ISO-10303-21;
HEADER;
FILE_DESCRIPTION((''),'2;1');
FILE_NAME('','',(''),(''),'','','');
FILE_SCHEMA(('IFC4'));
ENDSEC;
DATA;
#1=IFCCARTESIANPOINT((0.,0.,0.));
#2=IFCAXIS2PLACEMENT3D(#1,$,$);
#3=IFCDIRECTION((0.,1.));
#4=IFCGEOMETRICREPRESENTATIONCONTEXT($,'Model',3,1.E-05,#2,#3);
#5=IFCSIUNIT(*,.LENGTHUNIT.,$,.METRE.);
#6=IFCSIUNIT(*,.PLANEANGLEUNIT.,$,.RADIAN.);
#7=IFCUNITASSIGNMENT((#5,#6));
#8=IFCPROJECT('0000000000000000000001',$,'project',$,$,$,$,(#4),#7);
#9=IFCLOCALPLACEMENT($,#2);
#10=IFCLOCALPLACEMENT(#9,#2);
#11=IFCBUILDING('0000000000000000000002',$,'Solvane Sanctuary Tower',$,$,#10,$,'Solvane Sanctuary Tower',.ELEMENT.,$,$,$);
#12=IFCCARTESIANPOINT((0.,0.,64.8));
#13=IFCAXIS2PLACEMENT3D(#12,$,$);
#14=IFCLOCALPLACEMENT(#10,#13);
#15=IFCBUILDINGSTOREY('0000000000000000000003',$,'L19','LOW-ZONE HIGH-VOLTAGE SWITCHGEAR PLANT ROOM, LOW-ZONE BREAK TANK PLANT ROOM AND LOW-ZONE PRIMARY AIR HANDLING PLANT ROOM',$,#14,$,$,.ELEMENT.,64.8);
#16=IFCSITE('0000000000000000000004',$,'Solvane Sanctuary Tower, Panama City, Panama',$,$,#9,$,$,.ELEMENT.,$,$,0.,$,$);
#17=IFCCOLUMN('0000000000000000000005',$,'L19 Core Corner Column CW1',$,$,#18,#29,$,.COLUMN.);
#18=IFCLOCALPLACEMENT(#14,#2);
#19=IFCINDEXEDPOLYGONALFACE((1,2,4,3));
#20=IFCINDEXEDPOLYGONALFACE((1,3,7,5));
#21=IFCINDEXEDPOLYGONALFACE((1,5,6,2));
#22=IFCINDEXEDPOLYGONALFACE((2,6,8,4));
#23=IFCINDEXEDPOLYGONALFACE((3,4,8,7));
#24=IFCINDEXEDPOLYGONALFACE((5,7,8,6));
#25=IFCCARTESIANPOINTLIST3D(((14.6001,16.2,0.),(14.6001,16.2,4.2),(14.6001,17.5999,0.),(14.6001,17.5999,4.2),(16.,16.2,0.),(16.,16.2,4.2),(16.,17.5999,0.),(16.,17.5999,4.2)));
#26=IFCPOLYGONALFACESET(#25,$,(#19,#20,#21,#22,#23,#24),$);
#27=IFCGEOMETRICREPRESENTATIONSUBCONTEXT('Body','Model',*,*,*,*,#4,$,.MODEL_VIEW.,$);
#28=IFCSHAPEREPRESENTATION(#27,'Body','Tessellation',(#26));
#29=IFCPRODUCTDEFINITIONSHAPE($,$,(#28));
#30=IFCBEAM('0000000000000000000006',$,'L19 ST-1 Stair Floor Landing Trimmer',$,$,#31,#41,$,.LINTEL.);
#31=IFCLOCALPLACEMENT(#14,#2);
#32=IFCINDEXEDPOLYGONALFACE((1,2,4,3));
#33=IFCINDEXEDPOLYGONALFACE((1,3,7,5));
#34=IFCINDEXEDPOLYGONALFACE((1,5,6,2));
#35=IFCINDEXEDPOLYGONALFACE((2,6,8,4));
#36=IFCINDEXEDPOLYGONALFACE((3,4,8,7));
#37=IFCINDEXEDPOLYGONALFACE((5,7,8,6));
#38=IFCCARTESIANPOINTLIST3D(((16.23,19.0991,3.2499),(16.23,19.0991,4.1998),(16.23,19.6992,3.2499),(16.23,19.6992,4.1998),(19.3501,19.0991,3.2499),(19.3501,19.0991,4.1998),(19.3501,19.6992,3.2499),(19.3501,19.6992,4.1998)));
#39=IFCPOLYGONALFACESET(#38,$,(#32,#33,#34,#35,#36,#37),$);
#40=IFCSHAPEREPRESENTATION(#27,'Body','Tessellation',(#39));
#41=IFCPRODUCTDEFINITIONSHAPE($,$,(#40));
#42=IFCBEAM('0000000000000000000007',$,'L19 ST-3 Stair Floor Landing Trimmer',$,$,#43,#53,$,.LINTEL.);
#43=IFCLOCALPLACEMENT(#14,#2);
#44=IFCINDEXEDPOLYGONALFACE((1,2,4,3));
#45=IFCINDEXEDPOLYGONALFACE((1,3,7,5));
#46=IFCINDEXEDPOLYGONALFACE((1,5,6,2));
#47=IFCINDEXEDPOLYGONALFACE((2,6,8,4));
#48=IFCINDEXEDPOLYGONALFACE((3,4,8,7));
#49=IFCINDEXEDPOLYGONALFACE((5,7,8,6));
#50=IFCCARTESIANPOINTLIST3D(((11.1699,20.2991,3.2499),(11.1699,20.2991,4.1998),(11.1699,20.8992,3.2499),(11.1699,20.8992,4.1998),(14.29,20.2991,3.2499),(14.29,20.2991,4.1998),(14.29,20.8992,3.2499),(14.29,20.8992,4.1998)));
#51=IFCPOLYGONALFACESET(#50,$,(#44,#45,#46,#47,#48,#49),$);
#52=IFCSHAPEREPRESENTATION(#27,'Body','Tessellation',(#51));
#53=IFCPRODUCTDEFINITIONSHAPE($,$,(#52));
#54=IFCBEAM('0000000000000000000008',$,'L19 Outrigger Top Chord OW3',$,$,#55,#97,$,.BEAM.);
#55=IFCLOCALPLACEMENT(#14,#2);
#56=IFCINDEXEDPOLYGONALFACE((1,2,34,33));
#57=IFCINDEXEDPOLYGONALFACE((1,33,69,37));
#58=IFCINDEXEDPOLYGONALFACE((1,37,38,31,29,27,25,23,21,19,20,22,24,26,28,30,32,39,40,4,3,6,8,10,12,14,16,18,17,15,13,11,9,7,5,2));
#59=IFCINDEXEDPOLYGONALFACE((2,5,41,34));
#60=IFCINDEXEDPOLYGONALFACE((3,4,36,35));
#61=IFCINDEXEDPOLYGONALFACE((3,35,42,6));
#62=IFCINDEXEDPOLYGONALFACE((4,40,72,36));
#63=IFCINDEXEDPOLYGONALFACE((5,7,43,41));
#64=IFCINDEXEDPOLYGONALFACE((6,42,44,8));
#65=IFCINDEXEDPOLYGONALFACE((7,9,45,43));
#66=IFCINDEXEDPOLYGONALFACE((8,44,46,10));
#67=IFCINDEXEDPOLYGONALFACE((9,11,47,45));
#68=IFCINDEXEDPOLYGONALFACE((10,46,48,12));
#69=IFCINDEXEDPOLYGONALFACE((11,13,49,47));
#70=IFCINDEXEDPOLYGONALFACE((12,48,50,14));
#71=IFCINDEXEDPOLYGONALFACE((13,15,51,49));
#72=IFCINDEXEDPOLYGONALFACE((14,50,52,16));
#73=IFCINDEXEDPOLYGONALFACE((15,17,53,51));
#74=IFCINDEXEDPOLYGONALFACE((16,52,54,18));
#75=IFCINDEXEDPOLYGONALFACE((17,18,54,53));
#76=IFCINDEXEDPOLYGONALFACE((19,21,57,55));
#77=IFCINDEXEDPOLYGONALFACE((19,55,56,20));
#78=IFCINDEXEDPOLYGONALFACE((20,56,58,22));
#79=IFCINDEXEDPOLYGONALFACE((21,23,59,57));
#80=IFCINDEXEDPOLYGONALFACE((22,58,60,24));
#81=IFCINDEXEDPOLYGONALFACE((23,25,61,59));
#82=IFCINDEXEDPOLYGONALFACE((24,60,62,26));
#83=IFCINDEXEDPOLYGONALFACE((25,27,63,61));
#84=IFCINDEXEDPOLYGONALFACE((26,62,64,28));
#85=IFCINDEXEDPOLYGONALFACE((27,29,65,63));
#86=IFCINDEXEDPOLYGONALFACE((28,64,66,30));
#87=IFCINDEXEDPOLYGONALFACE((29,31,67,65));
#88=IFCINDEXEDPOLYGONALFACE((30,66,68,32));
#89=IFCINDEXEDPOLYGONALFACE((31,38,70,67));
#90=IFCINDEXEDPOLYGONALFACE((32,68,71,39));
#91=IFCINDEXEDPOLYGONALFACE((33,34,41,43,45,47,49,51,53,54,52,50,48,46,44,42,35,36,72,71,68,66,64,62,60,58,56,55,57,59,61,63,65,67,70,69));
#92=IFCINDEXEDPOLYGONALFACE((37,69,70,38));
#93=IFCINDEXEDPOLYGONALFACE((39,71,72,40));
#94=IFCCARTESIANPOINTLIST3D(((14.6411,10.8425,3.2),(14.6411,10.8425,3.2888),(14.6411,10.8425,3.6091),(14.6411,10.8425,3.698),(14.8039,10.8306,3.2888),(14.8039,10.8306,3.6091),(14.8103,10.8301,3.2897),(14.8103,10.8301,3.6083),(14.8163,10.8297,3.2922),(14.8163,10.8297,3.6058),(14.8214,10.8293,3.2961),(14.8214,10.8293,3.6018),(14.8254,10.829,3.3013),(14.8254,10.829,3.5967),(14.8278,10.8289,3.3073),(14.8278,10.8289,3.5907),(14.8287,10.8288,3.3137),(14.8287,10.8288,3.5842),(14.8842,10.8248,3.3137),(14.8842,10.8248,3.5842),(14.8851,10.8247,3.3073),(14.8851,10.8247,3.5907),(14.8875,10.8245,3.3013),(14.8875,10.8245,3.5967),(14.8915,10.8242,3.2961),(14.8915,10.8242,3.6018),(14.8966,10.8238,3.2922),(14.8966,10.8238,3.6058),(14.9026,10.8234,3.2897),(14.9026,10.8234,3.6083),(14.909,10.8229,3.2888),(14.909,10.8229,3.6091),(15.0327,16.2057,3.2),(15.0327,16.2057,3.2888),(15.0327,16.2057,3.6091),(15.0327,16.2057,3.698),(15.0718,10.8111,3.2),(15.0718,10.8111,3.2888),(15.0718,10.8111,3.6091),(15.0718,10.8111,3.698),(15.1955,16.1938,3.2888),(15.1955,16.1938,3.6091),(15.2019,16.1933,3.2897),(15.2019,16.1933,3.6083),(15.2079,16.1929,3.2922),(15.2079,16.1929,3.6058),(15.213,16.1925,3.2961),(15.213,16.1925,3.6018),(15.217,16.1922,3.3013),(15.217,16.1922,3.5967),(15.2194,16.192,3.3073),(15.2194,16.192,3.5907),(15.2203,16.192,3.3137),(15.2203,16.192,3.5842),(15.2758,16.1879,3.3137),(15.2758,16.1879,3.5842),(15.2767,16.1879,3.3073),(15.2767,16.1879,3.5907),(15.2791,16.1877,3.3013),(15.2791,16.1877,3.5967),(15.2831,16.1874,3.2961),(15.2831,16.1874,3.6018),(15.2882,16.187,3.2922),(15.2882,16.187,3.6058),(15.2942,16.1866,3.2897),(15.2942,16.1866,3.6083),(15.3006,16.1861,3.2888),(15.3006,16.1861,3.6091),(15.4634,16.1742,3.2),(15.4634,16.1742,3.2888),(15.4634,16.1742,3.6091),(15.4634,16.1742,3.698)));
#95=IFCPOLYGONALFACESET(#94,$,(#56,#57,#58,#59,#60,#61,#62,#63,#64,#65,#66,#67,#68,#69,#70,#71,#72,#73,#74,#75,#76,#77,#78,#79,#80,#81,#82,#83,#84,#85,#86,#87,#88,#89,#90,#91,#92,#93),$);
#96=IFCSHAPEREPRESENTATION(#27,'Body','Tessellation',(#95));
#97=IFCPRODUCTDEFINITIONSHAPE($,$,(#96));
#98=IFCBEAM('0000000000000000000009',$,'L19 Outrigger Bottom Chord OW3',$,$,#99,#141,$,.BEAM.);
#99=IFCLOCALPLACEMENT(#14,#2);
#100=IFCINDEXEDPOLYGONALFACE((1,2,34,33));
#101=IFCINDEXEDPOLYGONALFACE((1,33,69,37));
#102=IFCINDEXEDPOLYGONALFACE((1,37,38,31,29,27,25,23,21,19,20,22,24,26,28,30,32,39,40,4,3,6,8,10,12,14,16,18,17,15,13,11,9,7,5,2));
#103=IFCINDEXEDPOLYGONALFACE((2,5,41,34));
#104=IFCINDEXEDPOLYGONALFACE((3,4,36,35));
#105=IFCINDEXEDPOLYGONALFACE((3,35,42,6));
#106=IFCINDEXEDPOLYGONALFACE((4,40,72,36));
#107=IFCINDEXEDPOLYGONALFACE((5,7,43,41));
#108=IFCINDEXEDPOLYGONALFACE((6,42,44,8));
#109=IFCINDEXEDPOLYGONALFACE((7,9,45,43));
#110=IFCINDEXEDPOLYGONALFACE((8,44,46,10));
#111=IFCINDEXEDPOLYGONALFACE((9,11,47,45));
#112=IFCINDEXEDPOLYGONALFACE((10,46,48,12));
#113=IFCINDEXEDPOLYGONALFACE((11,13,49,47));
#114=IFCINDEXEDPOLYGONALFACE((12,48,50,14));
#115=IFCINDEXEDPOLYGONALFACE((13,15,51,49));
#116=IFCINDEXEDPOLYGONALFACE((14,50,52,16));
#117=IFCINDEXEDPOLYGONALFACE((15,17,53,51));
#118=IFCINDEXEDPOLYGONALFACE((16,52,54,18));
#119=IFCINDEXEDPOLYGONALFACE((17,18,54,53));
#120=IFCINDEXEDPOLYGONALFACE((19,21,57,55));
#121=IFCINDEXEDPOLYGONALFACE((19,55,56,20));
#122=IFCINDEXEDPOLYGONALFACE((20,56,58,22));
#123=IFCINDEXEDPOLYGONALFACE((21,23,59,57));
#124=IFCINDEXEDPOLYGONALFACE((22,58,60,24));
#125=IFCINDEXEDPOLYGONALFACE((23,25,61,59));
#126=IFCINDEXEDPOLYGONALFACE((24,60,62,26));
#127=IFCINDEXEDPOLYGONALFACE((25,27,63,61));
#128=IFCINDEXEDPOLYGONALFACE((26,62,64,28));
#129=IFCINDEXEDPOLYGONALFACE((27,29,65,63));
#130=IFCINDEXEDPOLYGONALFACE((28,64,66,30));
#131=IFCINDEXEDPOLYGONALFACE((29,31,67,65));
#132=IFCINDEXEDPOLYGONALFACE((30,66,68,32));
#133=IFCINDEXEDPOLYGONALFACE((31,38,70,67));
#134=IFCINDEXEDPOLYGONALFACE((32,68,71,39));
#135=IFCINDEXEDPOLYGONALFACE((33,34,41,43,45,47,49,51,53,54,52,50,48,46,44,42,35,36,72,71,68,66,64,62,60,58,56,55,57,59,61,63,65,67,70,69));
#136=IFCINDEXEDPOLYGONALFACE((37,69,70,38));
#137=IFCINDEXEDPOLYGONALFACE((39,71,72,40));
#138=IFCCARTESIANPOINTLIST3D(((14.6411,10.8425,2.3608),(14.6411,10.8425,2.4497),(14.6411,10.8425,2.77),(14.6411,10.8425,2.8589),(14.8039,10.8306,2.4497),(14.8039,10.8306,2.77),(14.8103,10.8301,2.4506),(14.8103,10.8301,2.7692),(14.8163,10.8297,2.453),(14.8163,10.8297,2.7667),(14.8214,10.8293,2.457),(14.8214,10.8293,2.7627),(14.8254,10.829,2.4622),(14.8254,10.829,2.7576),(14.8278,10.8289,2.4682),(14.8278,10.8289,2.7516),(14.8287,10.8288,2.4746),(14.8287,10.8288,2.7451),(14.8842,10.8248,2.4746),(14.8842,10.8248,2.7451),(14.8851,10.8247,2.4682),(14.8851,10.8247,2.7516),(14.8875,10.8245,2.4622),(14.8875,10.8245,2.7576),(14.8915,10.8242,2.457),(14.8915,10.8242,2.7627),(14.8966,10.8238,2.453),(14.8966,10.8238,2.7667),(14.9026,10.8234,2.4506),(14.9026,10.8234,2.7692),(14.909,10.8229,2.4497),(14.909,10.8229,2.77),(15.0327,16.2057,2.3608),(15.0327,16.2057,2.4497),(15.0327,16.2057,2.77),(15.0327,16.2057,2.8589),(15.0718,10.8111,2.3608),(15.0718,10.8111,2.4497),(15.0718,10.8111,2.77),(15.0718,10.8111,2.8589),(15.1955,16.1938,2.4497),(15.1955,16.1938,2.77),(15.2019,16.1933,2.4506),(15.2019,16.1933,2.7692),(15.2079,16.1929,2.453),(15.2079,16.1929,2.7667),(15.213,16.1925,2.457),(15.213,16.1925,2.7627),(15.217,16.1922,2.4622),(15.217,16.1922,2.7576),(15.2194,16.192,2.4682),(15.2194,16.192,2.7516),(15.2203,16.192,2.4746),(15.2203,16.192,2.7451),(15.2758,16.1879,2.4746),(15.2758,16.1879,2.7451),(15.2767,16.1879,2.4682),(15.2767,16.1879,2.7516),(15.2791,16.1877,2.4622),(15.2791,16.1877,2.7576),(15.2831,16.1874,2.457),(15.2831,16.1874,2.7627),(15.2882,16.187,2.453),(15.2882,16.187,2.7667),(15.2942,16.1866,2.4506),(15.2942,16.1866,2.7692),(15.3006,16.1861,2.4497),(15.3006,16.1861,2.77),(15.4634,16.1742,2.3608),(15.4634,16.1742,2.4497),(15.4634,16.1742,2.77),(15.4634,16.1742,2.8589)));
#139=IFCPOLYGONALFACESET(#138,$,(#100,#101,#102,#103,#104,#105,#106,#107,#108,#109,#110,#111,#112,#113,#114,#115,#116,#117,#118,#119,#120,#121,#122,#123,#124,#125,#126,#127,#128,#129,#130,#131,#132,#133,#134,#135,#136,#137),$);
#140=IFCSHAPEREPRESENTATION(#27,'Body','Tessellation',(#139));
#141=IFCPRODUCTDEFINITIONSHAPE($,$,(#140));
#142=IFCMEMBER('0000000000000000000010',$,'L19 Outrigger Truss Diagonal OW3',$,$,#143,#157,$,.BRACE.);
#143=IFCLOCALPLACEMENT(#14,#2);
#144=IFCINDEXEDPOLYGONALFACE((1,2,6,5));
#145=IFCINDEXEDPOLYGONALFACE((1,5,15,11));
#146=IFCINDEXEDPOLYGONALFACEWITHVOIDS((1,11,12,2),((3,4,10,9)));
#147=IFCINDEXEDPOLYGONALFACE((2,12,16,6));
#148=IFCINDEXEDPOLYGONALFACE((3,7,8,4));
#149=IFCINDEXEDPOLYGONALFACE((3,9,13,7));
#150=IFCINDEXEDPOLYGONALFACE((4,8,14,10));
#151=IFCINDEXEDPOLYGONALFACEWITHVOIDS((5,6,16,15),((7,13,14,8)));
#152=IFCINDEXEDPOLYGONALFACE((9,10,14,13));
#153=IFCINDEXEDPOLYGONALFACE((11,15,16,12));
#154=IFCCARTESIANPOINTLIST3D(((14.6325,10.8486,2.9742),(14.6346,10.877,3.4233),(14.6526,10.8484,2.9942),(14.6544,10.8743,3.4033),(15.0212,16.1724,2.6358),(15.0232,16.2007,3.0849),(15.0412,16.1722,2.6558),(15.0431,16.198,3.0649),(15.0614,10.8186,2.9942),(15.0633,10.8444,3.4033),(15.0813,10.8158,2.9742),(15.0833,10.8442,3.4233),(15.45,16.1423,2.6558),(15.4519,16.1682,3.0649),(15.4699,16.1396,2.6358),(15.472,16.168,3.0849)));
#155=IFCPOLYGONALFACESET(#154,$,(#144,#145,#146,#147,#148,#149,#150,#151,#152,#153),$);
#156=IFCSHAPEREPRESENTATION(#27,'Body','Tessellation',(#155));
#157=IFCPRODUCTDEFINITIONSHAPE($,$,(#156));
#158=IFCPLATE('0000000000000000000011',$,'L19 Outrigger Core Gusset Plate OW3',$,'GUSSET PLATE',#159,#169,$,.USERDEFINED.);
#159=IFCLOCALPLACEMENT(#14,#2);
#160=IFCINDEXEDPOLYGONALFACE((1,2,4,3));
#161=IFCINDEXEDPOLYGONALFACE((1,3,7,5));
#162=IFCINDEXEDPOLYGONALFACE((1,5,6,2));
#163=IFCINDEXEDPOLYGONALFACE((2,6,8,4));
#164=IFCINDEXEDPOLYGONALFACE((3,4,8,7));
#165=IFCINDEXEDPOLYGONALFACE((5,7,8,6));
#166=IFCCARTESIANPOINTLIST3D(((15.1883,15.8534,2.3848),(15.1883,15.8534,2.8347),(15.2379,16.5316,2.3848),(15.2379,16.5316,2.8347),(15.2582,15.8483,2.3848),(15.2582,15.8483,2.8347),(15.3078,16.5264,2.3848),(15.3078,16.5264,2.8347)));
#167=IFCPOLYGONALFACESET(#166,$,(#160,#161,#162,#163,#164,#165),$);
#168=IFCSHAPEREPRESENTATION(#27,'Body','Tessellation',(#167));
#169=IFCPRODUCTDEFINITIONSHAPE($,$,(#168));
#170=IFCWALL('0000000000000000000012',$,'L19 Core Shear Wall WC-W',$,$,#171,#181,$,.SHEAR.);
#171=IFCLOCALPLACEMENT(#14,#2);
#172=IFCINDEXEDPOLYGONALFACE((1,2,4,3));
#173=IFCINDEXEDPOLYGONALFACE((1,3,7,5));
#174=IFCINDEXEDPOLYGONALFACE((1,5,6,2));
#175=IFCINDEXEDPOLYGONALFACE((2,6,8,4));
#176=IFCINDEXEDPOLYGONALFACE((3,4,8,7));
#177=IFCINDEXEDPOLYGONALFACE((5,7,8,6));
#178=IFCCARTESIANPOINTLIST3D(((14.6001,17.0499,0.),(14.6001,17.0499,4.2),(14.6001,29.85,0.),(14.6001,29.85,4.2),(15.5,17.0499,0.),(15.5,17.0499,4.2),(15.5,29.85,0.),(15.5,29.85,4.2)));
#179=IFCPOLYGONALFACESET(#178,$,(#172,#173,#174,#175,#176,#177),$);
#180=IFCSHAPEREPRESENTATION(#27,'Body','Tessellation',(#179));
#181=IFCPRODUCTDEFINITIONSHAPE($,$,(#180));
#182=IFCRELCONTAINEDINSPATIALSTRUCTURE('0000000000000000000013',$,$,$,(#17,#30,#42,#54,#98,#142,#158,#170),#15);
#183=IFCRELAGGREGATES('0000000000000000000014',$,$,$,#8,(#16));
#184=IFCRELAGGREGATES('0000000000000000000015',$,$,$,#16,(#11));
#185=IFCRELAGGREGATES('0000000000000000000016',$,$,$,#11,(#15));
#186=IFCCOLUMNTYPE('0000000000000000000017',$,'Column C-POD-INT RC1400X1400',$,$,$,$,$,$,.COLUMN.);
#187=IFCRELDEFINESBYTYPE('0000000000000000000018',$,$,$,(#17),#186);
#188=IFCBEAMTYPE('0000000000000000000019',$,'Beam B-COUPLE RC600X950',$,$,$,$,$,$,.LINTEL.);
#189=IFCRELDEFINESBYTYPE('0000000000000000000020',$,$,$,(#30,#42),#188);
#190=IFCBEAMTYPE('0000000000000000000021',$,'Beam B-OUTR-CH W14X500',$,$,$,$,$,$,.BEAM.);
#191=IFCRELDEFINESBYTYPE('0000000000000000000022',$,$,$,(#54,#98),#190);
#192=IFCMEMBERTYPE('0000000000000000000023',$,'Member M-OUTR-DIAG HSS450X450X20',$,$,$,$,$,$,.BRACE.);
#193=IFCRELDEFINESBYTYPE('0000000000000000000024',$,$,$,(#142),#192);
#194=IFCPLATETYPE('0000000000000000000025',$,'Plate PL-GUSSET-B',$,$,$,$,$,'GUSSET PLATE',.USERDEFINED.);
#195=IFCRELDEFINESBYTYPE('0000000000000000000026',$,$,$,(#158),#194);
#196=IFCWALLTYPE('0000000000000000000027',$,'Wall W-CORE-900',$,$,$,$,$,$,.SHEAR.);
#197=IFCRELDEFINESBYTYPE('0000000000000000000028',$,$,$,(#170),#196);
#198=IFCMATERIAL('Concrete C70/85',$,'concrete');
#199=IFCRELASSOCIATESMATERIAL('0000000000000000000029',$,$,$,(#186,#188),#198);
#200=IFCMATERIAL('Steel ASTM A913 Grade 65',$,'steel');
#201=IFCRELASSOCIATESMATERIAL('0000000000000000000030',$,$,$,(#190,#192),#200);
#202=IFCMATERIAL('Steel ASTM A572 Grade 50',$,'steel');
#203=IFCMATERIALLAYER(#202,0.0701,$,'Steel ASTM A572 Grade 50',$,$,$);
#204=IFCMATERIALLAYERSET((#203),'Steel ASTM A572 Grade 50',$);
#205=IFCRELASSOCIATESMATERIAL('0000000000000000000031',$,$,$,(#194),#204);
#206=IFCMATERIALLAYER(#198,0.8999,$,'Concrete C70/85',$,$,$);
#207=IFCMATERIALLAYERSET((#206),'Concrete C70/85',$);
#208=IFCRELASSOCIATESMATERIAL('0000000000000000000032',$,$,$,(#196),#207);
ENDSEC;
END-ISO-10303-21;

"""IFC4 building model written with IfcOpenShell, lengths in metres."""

from ifc_helpers import new_model, si_unit, direction, frame, frame_2d, origin, origin_2d, place, context, subcontext, project, spatial, rectangle, hollow_rectangle, i_section, extrude, material, layer, layer_set, material_profile, profile_set, type_object, element, save


model = new_model("IFC4")

# Units and contexts
model_context = context("Model", 3, precision=1e-05, world=origin(), true_north=direction((0.0, 1.0)))
body_context = subcontext(model_context, "Body", "Model", "MODEL_VIEW")
ifc_project = project(units=[si_unit("LENGTHUNIT", "METRE"), si_unit("PLANEANGLEUNIT", "RADIAN")], contexts=[model_context])

# Site, building, storey
site_placement = place(None, origin())
site = spatial("IfcSite", under=ifc_project, at=site_placement, Name="Solvane Sanctuary Tower, Panama City, Panama", CompositionType="ELEMENT", RefElevation=0.0)
building_placement = place(site_placement, origin())
building = spatial("IfcBuilding", under=site, at=building_placement, Name="Solvane Sanctuary Tower", LongName="Solvane Sanctuary Tower", CompositionType="ELEMENT")
storey_placement = place(building_placement, frame((0.0, 0.0, 64.8)))
storey = spatial("IfcBuildingStorey", under=building, at=storey_placement, Name="L19", Description="LOW-ZONE HIGH-VOLTAGE SWITCHGEAR PLANT ROOM, LOW-ZONE BREAK TANK PLANT ROOM AND LOW-ZONE PRIMARY AIR HANDLING PLANT ROOM", CompositionType="ELEMENT", Elevation=64.8)

# Column
ifc_material_1 = material(Name="Concrete C70/85", Category="concrete")
ifc_material_profile_1 = material_profile(ifc_material_1, rectangle(XDim=1.3999, YDim=1.3999, at=origin_2d()), Name="RC1400X1400")
ifc_profile_set_1 = profile_set([ifc_material_profile_1], Name="Concrete C70/85")
column_type = type_object("IfcColumnType", Name="Column C-POD-INT RC1400X1400", PredefinedType="COLUMN", material=ifc_profile_set_1)
column_placement = place(storey_placement, frame((15.3, 16.8999, 0.0), z_axis=(0.0, 0.0, 1.0), x_axis=(1.0, 0.0, 0.0)))
element("IfcColumn", 1, at=column_placement, inside=storey, type_object=column_type, Name="L19 Core Corner Column CW1", PredefinedType="COLUMN", context=body_context, shape_type="SweptSolid", body=[
    extrude(rectangle(XDim=1.3999, YDim=1.3999, at=origin_2d()), origin(), (0.0, 0.0, 1.0), 4.2),
])

# Beams
ifc_material_profile_2 = material_profile(ifc_material_1, rectangle(XDim=0.6001, YDim=0.95, at=origin_2d()), Name="RC600X950")
ifc_profile_set_2 = profile_set([ifc_material_profile_2], Name="Concrete C70/85")
beam_type_1 = type_object("IfcBeamType", Name="Beam B-COUPLE RC600X950", PredefinedType="LINTEL", material=ifc_profile_set_2)
for number, where, z_axis, x_axis, name in (
    (2, (16.23, 19.3992, 3.7249), (1.0, 0.0, 0.0), (0.0, 1.0, 0.0), "L19 ST-1 Stair Floor Landing Trimmer"),
    (3, (11.1699, 20.5991, 3.7249), (1.0, 0.0, 0.0), (0.0, 1.0, 0.0), "L19 ST-3 Stair Floor Landing Trimmer"),
):
    element("IfcBeam", number, at=place(storey_placement, frame(where, z_axis=z_axis, x_axis=x_axis)), inside=storey, type_object=beam_type_1, Name=name, PredefinedType="LINTEL", context=body_context, shape_type="SweptSolid", body=[
        extrude(rectangle(XDim=0.6001, YDim=0.95, at=origin_2d()), origin(), (0.0, 0.0, 1.0), 3.1201),
    ])
ifc_material_2 = material(Name="Steel ASTM A913 Grade 65", Category="steel")
ifc_material_profile_3 = material_profile(ifc_material_2, i_section(OverallWidth=0.4319, OverallDepth=0.498, WebThickness=0.0557, FlangeThickness=0.0889, FilletRadius=0.0249, at=origin_2d()), Name="W14X500")
ifc_profile_set_3 = profile_set([ifc_material_profile_3], Name="Steel ASTM A913 Grade 65")
beam_type_2 = type_object("IfcBeamType", Name="Beam B-OUTR-CH W14X500", PredefinedType="BEAM", material=ifc_profile_set_3)
for number, where, z_axis, x_axis, name in (
    (4, (15.248, 16.1899, 3.449), (-0.072821, -0.997345, 0.0), (0.997345, -0.072821, 0.0), "L19 Outrigger Top Chord OW3"),
    (5, (15.248, 16.1899, 2.6099), (-0.072821, -0.997345, 0.0), (0.997345, -0.072821, 0.0), "L19 Outrigger Bottom Chord OW3"),
):
    element("IfcBeam", number, at=place(storey_placement, frame(where, z_axis=z_axis, x_axis=x_axis)), inside=storey, type_object=beam_type_2, Name=name, PredefinedType="BEAM", context=body_context, shape_type="SweptSolid", body=[
        extrude(i_section(OverallWidth=0.4319, OverallDepth=0.498, WebThickness=0.0557, FlangeThickness=0.0889, FilletRadius=0.0249, at=origin_2d()), origin(), (0.0, 0.0, 1.0), 5.3774),
    ])

# Member
ifc_material_profile_4 = material_profile(ifc_material_2, hollow_rectangle(XDim=0.45, YDim=0.45, WallThickness=0.02, at=origin_2d()), Name="HSS450X450X20")
ifc_profile_set_4 = profile_set([ifc_material_profile_4], Name="Steel ASTM A913 Grade 65")
member_type = type_object("IfcMemberType", Name="Member M-OUTR-DIAG HSS450X450X20", PredefinedType="BRACE", material=ifc_profile_set_4)
member_placement = place(storey_placement, frame((15.2466, 16.1702, 2.8604), z_axis=(-0.072668, -0.995348, 0.063265), x_axis=(0.997346, -0.072814, 0.0)))
element("IfcMember", 6, at=member_placement, inside=storey, type_object=member_type, Name="L19 Outrigger Truss Diagonal OW3", PredefinedType="BRACE", context=body_context, shape_type="SweptSolid", body=[
    extrude(hollow_rectangle(XDim=0.45, YDim=0.45, WallThickness=0.02, at=origin_2d()), origin(), (0.0, 0.0, 1.0), 5.3486),
])

# Plate
ifc_material_3 = material(Name="Steel ASTM A572 Grade 50", Category="steel")
ifc_layer_1 = layer(ifc_material_3, 0.0701, Name="Steel ASTM A572 Grade 50")
ifc_layer_set_1 = layer_set([ifc_layer_1], Name="Steel ASTM A572 Grade 50")
plate_type = type_object("IfcPlateType", Name="Plate PL-GUSSET-B", ElementType="GUSSET PLATE", PredefinedType="USERDEFINED", material=ifc_layer_set_1)
plate_placement = place(storey_placement, frame((15.248, 16.1899, 2.3848), z_axis=(0.0, 0.0, 1.0), x_axis=(-0.07289, -0.99734, 0.0)))
element("IfcPlate", 7, at=plate_placement, inside=storey, type_object=plate_type, Name="L19 Outrigger Core Gusset Plate OW3", ObjectType="GUSSET PLATE", PredefinedType="USERDEFINED", context=body_context, shape_type="SweptSolid", body=[
    extrude(rectangle(XDim=0.6799, YDim=0.0701, at=origin_2d()), origin(), (0.0, 0.0, 1.0), 0.45),
])

# Wall
ifc_layer_2 = layer(ifc_material_1, 0.8999, Name="Concrete C70/85")
ifc_layer_set_2 = layer_set([ifc_layer_2], Name="Concrete C70/85")
wall_type_1 = type_object("IfcWallType", Name="Wall W-CORE-900", PredefinedType="SHEAR", material=ifc_layer_set_2)
wall_1_placement = place(storey_placement, frame((15.05, 17.05, 0.0), z_axis=(0.0, 0.0, 1.0), x_axis=(0.0, 1.0, 0.0)))
element("IfcWall", 8, at=wall_1_placement, inside=storey, type_object=wall_type_1, Name="L19 Core Shear Wall WC-W", PredefinedType="SHEAR", context=body_context, shape_type="SweptSolid", body=[
    extrude(rectangle(XDim=12.8, YDim=0.8999, at=frame_2d((6.3999, 0.0))), origin(), (0.0, 0.0, 1.0), 4.2),
])

save(model, "model.ifc")
